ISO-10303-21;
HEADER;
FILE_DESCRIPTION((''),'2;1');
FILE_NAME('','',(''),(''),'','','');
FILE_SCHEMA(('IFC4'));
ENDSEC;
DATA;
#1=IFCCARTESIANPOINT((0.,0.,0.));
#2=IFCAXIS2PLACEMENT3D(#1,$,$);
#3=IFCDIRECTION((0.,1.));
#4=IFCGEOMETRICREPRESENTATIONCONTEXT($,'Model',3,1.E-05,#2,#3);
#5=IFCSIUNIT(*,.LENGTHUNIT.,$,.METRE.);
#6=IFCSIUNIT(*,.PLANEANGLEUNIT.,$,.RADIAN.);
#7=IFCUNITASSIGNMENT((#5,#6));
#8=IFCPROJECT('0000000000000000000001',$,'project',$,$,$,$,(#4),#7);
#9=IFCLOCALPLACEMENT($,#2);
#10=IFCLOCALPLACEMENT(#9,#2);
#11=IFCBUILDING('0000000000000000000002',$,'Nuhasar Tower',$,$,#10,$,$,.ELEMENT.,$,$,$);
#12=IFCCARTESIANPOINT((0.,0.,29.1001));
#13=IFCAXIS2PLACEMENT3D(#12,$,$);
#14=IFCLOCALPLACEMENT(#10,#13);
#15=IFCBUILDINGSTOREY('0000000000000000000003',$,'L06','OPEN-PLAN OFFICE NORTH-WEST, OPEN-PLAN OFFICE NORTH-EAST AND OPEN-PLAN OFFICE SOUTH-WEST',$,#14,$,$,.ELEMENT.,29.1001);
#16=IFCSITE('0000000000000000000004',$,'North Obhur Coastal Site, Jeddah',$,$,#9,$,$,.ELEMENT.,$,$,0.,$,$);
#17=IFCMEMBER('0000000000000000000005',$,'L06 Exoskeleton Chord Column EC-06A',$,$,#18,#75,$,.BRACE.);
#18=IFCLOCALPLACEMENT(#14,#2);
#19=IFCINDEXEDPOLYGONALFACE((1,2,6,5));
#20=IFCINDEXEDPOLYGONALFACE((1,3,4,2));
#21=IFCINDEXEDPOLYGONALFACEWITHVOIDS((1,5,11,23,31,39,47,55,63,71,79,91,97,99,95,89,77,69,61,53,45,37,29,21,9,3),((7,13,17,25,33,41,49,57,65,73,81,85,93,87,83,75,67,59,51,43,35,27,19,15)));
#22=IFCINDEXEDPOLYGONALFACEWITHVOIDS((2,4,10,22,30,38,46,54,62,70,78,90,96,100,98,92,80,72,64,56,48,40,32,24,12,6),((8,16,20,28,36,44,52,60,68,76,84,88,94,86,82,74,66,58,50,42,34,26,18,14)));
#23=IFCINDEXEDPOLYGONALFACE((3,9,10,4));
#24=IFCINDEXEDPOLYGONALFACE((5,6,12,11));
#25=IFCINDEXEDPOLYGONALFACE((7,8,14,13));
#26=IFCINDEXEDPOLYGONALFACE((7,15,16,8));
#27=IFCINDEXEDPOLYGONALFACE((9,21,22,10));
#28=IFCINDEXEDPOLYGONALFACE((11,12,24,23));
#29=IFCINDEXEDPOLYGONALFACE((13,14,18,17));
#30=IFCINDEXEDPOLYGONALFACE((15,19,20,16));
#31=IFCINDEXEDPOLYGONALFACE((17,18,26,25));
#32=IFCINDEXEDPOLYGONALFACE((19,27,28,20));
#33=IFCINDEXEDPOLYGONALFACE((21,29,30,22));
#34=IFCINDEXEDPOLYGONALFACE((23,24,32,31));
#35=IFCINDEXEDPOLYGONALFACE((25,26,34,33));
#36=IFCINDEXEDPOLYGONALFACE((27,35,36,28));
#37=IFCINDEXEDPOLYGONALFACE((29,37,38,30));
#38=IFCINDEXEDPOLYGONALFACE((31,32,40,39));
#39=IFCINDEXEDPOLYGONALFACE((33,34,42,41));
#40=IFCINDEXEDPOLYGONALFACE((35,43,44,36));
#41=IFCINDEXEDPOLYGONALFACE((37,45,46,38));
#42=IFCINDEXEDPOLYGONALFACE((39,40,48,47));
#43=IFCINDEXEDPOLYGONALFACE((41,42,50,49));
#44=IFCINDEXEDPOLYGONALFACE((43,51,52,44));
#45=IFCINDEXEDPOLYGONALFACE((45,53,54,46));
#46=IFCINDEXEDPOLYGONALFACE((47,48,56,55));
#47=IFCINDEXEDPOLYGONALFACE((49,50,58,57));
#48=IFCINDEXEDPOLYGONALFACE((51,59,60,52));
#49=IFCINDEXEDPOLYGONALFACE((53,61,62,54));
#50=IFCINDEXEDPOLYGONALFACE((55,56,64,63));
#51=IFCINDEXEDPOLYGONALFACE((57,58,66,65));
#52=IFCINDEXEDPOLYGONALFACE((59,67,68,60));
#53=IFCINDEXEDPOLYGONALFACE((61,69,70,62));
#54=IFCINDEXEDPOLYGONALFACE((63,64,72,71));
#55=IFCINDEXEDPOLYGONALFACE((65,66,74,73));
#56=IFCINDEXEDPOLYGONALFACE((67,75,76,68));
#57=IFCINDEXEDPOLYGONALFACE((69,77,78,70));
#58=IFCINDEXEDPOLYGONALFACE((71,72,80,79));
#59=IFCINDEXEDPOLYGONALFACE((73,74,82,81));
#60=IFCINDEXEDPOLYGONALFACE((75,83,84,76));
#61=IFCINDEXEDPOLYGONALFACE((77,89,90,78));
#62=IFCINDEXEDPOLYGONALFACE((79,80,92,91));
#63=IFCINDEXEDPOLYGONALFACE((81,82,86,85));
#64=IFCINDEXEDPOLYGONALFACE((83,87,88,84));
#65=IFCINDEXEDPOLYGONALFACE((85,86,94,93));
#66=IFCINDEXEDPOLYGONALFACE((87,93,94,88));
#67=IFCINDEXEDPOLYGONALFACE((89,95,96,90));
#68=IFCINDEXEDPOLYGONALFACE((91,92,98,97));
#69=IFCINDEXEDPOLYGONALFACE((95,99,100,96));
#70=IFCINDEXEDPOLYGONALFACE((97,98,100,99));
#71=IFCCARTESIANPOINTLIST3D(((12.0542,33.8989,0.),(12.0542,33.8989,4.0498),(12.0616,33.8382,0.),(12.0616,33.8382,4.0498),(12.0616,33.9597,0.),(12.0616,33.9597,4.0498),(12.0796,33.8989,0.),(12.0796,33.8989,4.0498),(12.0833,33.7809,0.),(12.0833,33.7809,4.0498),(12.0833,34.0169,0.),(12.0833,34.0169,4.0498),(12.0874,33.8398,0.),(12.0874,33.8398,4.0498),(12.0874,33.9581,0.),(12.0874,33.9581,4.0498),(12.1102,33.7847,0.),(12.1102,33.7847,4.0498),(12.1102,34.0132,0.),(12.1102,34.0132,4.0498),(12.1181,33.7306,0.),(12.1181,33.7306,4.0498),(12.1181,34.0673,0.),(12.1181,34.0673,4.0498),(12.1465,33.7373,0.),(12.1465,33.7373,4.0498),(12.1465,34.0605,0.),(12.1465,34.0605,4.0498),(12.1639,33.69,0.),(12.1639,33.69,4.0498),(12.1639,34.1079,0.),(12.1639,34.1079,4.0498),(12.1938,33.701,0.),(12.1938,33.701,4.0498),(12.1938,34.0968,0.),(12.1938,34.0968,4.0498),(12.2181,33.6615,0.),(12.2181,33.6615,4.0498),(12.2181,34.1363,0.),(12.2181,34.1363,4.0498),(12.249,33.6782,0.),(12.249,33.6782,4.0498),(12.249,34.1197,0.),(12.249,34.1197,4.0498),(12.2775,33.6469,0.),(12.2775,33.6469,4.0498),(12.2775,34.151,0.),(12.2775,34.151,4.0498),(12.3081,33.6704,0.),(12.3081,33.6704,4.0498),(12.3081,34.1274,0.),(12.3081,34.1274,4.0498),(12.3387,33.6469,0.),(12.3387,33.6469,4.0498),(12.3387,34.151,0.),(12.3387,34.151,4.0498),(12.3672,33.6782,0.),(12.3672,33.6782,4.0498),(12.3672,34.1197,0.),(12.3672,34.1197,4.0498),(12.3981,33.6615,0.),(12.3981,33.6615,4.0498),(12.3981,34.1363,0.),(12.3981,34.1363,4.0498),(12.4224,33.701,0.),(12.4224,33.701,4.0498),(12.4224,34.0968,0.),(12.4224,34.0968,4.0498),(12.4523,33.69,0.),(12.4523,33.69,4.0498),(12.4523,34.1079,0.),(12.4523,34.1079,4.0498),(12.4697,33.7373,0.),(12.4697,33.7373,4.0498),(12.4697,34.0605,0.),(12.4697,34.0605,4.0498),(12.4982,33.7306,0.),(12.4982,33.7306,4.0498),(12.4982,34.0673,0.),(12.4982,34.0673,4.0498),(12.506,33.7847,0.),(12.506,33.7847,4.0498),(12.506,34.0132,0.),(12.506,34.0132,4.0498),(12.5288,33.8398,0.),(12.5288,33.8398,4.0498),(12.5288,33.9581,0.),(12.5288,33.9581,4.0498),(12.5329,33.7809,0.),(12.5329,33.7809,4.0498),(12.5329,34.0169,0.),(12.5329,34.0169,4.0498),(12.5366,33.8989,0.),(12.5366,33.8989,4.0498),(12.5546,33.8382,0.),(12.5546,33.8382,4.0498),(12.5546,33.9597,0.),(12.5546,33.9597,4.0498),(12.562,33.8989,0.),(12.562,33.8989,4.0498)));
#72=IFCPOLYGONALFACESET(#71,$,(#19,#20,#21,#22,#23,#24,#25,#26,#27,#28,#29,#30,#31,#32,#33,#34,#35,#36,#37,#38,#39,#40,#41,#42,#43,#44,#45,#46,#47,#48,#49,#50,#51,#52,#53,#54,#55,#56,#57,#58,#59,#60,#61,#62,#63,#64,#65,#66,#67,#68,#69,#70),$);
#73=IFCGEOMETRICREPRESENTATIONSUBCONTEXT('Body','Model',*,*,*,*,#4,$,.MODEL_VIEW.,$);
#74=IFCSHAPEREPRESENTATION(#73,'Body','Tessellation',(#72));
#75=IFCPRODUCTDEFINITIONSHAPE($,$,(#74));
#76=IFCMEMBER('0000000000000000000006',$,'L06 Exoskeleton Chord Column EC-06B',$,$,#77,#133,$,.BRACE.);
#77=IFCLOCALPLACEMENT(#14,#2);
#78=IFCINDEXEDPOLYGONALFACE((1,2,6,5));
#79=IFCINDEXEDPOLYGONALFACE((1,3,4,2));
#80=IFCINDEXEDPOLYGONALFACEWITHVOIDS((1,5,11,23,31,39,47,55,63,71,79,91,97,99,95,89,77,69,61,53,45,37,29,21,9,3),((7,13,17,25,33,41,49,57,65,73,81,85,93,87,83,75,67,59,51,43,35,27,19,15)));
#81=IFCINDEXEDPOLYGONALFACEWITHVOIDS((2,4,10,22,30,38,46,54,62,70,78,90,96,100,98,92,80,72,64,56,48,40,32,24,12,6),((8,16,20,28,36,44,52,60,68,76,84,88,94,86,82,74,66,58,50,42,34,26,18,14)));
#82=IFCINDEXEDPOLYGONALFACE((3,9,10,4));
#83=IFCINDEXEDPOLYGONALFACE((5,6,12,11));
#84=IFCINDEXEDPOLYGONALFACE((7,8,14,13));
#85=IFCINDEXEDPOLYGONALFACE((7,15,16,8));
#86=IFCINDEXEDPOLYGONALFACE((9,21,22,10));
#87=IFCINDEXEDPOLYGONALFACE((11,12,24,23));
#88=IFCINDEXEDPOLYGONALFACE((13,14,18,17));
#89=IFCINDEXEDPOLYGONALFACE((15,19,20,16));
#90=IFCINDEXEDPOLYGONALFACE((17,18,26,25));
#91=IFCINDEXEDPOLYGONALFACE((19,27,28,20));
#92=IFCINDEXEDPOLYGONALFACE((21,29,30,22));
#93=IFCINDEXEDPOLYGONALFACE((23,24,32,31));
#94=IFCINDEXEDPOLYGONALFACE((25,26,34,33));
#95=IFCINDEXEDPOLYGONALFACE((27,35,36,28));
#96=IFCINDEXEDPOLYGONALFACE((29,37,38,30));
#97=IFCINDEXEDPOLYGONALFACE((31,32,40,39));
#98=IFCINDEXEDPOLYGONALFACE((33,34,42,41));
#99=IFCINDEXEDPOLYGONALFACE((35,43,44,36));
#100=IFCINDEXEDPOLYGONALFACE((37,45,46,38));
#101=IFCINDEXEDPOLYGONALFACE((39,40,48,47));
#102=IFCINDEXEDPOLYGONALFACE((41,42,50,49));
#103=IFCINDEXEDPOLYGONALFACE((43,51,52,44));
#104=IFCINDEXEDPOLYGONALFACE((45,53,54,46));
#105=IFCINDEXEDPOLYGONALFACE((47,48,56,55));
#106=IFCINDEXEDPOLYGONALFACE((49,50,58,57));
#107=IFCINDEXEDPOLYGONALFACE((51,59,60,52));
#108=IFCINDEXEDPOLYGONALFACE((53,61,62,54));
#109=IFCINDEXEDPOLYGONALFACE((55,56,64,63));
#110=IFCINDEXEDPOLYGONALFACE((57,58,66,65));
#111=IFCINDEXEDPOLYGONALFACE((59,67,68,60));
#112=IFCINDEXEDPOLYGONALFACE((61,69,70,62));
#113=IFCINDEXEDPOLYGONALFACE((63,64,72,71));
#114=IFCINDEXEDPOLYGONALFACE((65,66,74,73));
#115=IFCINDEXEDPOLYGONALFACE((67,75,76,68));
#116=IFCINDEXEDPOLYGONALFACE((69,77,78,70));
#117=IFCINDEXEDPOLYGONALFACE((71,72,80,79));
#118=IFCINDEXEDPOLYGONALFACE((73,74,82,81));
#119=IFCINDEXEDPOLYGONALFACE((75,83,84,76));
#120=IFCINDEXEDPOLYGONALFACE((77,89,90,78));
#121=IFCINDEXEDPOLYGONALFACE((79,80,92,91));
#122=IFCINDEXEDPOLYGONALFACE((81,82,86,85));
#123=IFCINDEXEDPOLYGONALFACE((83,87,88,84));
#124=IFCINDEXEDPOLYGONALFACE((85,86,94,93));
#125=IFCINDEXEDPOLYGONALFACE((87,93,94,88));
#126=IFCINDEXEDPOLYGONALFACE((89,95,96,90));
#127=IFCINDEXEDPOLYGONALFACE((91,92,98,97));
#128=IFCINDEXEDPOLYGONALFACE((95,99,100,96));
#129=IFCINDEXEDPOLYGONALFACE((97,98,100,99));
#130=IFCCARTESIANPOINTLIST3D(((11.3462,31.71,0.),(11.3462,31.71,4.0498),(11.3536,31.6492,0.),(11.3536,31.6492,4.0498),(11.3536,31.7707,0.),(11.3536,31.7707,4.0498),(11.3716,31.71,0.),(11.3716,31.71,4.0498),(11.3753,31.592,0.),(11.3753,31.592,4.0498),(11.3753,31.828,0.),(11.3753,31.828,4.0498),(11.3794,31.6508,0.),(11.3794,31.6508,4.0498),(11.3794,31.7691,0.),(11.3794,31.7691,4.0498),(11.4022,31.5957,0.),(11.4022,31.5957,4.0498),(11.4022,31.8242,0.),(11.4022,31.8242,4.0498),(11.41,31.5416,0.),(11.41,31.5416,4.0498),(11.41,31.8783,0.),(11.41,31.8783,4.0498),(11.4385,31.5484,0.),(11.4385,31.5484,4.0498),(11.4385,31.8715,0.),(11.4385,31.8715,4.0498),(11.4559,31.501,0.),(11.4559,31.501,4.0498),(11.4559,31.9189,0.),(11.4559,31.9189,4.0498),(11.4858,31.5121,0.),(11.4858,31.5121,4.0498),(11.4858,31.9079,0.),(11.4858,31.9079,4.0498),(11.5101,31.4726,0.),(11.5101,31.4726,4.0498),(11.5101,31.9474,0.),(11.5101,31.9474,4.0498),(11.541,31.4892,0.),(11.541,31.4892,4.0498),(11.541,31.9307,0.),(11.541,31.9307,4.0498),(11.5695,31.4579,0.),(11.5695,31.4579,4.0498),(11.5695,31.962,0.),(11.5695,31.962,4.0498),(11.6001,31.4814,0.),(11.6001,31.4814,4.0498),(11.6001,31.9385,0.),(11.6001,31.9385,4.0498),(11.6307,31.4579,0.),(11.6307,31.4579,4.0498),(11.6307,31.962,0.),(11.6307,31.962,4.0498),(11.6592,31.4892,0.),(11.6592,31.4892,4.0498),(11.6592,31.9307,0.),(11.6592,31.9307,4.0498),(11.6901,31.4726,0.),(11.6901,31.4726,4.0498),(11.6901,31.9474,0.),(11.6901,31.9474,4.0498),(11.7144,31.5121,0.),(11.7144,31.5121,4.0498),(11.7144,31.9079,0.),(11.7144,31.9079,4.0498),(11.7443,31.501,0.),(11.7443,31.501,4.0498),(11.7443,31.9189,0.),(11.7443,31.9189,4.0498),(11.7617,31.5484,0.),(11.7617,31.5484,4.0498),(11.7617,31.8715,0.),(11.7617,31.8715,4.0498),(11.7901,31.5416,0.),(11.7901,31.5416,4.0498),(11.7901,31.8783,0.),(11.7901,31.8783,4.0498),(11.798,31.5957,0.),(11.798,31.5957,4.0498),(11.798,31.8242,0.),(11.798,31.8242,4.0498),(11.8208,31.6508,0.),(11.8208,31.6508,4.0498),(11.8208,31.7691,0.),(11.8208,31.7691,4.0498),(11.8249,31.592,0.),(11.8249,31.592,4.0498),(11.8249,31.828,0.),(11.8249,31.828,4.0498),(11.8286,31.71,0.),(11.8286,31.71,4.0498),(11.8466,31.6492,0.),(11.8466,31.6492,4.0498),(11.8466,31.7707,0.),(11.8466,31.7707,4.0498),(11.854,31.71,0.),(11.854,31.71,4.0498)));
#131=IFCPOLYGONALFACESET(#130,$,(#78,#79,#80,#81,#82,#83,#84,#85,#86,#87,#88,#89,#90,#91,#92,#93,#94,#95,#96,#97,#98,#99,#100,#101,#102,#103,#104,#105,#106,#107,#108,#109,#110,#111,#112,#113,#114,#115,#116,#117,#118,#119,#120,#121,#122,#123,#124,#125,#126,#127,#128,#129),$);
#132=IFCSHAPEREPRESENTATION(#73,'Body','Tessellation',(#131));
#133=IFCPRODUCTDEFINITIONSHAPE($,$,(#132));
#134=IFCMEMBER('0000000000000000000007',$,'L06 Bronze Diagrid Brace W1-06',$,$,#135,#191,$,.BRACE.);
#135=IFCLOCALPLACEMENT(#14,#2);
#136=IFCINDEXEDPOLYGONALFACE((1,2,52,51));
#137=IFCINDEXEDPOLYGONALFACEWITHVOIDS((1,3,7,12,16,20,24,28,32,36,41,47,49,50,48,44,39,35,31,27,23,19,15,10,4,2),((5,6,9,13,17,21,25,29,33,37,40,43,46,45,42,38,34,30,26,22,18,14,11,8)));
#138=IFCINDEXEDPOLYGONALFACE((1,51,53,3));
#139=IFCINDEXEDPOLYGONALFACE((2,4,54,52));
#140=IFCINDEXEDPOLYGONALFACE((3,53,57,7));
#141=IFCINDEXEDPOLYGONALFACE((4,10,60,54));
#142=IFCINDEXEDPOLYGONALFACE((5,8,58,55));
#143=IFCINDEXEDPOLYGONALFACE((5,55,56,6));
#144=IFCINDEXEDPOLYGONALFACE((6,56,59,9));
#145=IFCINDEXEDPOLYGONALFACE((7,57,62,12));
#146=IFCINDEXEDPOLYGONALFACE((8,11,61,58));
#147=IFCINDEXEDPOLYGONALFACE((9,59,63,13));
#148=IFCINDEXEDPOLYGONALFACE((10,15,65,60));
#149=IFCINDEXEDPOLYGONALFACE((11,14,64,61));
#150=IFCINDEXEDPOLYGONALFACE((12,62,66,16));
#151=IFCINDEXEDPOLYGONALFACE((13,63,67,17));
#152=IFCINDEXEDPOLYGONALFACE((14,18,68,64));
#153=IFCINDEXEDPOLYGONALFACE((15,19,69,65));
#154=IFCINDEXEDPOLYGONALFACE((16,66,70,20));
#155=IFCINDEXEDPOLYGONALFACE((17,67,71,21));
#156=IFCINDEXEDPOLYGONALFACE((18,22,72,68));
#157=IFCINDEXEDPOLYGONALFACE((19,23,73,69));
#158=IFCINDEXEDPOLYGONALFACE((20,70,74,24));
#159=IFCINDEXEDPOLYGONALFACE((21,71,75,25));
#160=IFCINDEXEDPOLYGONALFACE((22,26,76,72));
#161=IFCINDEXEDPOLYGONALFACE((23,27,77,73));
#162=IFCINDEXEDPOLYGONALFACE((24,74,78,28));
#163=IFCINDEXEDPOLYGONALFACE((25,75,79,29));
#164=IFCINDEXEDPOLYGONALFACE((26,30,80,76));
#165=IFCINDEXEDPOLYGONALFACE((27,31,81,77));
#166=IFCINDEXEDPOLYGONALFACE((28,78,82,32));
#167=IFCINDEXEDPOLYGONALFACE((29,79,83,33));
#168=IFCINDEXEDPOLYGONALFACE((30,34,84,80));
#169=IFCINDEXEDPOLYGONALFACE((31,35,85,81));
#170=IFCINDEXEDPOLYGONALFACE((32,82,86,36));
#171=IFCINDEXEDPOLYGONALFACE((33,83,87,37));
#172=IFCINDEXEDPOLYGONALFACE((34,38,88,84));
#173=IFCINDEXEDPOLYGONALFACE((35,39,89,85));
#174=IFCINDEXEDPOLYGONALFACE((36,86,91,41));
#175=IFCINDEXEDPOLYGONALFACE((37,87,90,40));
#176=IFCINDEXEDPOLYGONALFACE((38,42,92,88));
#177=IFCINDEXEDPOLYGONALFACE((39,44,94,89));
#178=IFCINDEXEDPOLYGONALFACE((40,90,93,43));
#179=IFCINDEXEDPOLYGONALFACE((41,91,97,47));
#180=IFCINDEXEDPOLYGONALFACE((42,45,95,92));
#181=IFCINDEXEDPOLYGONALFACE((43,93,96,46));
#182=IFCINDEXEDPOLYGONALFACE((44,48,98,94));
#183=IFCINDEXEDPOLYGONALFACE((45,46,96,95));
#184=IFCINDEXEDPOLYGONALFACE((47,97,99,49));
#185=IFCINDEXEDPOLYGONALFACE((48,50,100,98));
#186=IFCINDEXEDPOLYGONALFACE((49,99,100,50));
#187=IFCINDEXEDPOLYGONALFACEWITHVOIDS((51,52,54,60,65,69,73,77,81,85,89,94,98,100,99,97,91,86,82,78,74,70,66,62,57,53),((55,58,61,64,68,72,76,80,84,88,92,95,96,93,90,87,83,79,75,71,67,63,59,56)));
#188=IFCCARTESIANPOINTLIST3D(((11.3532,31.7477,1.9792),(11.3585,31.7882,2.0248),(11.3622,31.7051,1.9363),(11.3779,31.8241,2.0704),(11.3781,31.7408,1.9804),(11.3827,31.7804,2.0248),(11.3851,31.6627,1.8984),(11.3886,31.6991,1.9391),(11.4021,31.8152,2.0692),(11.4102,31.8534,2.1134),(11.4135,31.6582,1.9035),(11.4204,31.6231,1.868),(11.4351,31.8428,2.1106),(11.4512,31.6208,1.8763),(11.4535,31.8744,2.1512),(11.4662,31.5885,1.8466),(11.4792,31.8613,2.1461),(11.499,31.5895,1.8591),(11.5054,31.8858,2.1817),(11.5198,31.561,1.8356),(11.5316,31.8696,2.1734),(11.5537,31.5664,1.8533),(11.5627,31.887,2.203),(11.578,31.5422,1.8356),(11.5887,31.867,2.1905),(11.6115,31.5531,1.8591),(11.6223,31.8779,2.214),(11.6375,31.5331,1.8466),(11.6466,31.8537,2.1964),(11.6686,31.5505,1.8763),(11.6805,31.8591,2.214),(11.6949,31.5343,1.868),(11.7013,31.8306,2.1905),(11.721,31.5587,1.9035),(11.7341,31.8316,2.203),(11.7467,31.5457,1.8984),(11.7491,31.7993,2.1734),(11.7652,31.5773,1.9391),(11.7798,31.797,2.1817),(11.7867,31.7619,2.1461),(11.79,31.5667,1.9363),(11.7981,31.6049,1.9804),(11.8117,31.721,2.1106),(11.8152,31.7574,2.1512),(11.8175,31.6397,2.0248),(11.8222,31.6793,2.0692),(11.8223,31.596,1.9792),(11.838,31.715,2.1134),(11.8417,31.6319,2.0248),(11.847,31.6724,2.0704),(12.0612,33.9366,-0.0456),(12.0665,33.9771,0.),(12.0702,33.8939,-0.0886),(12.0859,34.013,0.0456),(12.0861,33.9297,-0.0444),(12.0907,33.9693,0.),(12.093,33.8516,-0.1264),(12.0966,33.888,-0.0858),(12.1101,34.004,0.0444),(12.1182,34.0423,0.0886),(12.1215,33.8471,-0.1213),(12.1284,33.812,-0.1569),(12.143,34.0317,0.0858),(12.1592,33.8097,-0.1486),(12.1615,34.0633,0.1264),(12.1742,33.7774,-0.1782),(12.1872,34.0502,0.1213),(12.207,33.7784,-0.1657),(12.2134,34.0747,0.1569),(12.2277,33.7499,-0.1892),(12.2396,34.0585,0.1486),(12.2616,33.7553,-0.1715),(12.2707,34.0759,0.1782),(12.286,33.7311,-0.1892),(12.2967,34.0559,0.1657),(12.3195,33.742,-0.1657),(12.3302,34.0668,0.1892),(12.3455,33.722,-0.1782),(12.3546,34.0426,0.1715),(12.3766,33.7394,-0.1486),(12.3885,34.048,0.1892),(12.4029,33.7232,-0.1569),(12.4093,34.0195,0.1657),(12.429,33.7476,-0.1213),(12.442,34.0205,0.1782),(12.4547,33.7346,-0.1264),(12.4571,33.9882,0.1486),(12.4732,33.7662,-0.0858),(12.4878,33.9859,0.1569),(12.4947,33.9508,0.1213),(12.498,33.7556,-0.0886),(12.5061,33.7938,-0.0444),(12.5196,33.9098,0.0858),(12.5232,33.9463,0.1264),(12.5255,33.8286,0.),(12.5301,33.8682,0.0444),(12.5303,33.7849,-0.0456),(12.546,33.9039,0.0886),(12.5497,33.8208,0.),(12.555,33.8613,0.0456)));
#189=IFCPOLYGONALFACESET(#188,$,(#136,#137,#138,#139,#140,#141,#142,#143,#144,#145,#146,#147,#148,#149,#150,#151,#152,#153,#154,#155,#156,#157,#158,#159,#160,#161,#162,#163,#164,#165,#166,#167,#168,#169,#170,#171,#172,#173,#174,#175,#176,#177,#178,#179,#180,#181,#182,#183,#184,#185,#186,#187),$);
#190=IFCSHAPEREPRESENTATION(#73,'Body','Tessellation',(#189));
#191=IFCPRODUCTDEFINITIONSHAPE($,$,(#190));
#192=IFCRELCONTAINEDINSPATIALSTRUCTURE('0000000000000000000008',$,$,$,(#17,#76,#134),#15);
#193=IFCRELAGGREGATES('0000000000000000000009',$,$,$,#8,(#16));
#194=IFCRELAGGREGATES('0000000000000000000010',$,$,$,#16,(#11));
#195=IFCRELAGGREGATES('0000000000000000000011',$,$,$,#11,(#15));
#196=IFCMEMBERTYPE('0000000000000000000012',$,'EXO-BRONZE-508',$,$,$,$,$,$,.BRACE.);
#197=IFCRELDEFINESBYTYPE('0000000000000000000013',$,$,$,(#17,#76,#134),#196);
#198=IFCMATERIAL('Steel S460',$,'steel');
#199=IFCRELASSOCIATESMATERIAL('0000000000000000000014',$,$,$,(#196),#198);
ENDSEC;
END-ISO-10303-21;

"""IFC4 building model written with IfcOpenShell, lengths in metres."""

from ifc_helpers import new_model, si_unit, direction, frame, origin, origin_2d, place, context, subcontext, project, spatial, hollow_circle, extrude, material, material_profile, profile_set, type_object, element, save


model = new_model("IFC4")

# Units and contexts
model_context = context("Model", 3, precision=1e-05, world=origin(), true_north=direction((0.0, 1.0)))
body_context = subcontext(model_context, "Body", "Model", "MODEL_VIEW")
ifc_project = project(units=[si_unit("LENGTHUNIT", "METRE"), si_unit("PLANEANGLEUNIT", "RADIAN")], contexts=[model_context])

# Site, building, storey
site_placement = place(None, origin())
site = spatial("IfcSite", under=ifc_project, at=site_placement, Name="North Obhur Coastal Site, Jeddah", CompositionType="ELEMENT", RefElevation=0.0)
building_placement = place(site_placement, origin())
building = spatial("IfcBuilding", under=site, at=building_placement, Name="Nuhasar Tower", CompositionType="ELEMENT")
storey_placement = place(building_placement, frame((0.0, 0.0, 29.1001)))
storey = spatial("IfcBuildingStorey", under=building, at=storey_placement, Name="L06", Description="OPEN-PLAN OFFICE NORTH-WEST, OPEN-PLAN OFFICE NORTH-EAST AND OPEN-PLAN OFFICE SOUTH-WEST", CompositionType="ELEMENT", Elevation=29.1001)

# Members
ifc_material_1 = material(Name="Steel S460", Category="steel")
ifc_material_profile_1 = material_profile(ifc_material_1, hollow_circle(Radius=0.2539, WallThickness=0.0254, at=origin_2d()), Name="HSS508X25.4")
ifc_profile_set_1 = profile_set([ifc_material_profile_1], Name="Steel S460")
member_type_1 = type_object("IfcMemberType", Name="EXO-BRONZE-508", PredefinedType="BRACE", material=ifc_profile_set_1)
for number, where, z_axis, x_axis, name in (
    (1, (12.3081, 33.8989, 0.0), (0.0, 0.0, 1.0), (1.0, 0.0, 0.0), "L06 Exoskeleton Chord Column EC-06A"),
    (2, (11.6001, 31.71, 0.0), (0.0, 0.0, 1.0), (1.0, 0.0, 0.0), "L06 Exoskeleton Chord Column EC-06B"),
):
    element("IfcMember", number, at=place(storey_placement, frame(where, z_axis=z_axis, x_axis=x_axis)), inside=storey, type_object=member_type_1, Name=name, PredefinedType="BRACE", context=body_context, shape_type="SweptSolid", body=[
        extrude(hollow_circle(Radius=0.2539, WallThickness=0.0254, at=origin_2d()), origin(), (0.0, 0.0, 1.0), 4.0498),
    ])
for number, where, z_axis, x_axis, name in (
    (3, (12.3081, 33.8989, 0.0), (-0.231012, -0.714225, 0.660694), (0.951468, -0.307747, 0.0), "L06 Bronze Diagrid Brace W1-06"),
):
    element("IfcMember", number, at=place(storey_placement, frame(where, z_axis=z_axis, x_axis=x_axis)), inside=storey, type_object=member_type_1, Name=name, PredefinedType="BRACE", context=body_context, shape_type="SweptSolid", body=[
        extrude(hollow_circle(Radius=0.2539, WallThickness=0.0254, at=origin_2d()), origin(), (0.0, 0.0, 1.0), 3.0647),
    ])

save(model, "model.ifc")
